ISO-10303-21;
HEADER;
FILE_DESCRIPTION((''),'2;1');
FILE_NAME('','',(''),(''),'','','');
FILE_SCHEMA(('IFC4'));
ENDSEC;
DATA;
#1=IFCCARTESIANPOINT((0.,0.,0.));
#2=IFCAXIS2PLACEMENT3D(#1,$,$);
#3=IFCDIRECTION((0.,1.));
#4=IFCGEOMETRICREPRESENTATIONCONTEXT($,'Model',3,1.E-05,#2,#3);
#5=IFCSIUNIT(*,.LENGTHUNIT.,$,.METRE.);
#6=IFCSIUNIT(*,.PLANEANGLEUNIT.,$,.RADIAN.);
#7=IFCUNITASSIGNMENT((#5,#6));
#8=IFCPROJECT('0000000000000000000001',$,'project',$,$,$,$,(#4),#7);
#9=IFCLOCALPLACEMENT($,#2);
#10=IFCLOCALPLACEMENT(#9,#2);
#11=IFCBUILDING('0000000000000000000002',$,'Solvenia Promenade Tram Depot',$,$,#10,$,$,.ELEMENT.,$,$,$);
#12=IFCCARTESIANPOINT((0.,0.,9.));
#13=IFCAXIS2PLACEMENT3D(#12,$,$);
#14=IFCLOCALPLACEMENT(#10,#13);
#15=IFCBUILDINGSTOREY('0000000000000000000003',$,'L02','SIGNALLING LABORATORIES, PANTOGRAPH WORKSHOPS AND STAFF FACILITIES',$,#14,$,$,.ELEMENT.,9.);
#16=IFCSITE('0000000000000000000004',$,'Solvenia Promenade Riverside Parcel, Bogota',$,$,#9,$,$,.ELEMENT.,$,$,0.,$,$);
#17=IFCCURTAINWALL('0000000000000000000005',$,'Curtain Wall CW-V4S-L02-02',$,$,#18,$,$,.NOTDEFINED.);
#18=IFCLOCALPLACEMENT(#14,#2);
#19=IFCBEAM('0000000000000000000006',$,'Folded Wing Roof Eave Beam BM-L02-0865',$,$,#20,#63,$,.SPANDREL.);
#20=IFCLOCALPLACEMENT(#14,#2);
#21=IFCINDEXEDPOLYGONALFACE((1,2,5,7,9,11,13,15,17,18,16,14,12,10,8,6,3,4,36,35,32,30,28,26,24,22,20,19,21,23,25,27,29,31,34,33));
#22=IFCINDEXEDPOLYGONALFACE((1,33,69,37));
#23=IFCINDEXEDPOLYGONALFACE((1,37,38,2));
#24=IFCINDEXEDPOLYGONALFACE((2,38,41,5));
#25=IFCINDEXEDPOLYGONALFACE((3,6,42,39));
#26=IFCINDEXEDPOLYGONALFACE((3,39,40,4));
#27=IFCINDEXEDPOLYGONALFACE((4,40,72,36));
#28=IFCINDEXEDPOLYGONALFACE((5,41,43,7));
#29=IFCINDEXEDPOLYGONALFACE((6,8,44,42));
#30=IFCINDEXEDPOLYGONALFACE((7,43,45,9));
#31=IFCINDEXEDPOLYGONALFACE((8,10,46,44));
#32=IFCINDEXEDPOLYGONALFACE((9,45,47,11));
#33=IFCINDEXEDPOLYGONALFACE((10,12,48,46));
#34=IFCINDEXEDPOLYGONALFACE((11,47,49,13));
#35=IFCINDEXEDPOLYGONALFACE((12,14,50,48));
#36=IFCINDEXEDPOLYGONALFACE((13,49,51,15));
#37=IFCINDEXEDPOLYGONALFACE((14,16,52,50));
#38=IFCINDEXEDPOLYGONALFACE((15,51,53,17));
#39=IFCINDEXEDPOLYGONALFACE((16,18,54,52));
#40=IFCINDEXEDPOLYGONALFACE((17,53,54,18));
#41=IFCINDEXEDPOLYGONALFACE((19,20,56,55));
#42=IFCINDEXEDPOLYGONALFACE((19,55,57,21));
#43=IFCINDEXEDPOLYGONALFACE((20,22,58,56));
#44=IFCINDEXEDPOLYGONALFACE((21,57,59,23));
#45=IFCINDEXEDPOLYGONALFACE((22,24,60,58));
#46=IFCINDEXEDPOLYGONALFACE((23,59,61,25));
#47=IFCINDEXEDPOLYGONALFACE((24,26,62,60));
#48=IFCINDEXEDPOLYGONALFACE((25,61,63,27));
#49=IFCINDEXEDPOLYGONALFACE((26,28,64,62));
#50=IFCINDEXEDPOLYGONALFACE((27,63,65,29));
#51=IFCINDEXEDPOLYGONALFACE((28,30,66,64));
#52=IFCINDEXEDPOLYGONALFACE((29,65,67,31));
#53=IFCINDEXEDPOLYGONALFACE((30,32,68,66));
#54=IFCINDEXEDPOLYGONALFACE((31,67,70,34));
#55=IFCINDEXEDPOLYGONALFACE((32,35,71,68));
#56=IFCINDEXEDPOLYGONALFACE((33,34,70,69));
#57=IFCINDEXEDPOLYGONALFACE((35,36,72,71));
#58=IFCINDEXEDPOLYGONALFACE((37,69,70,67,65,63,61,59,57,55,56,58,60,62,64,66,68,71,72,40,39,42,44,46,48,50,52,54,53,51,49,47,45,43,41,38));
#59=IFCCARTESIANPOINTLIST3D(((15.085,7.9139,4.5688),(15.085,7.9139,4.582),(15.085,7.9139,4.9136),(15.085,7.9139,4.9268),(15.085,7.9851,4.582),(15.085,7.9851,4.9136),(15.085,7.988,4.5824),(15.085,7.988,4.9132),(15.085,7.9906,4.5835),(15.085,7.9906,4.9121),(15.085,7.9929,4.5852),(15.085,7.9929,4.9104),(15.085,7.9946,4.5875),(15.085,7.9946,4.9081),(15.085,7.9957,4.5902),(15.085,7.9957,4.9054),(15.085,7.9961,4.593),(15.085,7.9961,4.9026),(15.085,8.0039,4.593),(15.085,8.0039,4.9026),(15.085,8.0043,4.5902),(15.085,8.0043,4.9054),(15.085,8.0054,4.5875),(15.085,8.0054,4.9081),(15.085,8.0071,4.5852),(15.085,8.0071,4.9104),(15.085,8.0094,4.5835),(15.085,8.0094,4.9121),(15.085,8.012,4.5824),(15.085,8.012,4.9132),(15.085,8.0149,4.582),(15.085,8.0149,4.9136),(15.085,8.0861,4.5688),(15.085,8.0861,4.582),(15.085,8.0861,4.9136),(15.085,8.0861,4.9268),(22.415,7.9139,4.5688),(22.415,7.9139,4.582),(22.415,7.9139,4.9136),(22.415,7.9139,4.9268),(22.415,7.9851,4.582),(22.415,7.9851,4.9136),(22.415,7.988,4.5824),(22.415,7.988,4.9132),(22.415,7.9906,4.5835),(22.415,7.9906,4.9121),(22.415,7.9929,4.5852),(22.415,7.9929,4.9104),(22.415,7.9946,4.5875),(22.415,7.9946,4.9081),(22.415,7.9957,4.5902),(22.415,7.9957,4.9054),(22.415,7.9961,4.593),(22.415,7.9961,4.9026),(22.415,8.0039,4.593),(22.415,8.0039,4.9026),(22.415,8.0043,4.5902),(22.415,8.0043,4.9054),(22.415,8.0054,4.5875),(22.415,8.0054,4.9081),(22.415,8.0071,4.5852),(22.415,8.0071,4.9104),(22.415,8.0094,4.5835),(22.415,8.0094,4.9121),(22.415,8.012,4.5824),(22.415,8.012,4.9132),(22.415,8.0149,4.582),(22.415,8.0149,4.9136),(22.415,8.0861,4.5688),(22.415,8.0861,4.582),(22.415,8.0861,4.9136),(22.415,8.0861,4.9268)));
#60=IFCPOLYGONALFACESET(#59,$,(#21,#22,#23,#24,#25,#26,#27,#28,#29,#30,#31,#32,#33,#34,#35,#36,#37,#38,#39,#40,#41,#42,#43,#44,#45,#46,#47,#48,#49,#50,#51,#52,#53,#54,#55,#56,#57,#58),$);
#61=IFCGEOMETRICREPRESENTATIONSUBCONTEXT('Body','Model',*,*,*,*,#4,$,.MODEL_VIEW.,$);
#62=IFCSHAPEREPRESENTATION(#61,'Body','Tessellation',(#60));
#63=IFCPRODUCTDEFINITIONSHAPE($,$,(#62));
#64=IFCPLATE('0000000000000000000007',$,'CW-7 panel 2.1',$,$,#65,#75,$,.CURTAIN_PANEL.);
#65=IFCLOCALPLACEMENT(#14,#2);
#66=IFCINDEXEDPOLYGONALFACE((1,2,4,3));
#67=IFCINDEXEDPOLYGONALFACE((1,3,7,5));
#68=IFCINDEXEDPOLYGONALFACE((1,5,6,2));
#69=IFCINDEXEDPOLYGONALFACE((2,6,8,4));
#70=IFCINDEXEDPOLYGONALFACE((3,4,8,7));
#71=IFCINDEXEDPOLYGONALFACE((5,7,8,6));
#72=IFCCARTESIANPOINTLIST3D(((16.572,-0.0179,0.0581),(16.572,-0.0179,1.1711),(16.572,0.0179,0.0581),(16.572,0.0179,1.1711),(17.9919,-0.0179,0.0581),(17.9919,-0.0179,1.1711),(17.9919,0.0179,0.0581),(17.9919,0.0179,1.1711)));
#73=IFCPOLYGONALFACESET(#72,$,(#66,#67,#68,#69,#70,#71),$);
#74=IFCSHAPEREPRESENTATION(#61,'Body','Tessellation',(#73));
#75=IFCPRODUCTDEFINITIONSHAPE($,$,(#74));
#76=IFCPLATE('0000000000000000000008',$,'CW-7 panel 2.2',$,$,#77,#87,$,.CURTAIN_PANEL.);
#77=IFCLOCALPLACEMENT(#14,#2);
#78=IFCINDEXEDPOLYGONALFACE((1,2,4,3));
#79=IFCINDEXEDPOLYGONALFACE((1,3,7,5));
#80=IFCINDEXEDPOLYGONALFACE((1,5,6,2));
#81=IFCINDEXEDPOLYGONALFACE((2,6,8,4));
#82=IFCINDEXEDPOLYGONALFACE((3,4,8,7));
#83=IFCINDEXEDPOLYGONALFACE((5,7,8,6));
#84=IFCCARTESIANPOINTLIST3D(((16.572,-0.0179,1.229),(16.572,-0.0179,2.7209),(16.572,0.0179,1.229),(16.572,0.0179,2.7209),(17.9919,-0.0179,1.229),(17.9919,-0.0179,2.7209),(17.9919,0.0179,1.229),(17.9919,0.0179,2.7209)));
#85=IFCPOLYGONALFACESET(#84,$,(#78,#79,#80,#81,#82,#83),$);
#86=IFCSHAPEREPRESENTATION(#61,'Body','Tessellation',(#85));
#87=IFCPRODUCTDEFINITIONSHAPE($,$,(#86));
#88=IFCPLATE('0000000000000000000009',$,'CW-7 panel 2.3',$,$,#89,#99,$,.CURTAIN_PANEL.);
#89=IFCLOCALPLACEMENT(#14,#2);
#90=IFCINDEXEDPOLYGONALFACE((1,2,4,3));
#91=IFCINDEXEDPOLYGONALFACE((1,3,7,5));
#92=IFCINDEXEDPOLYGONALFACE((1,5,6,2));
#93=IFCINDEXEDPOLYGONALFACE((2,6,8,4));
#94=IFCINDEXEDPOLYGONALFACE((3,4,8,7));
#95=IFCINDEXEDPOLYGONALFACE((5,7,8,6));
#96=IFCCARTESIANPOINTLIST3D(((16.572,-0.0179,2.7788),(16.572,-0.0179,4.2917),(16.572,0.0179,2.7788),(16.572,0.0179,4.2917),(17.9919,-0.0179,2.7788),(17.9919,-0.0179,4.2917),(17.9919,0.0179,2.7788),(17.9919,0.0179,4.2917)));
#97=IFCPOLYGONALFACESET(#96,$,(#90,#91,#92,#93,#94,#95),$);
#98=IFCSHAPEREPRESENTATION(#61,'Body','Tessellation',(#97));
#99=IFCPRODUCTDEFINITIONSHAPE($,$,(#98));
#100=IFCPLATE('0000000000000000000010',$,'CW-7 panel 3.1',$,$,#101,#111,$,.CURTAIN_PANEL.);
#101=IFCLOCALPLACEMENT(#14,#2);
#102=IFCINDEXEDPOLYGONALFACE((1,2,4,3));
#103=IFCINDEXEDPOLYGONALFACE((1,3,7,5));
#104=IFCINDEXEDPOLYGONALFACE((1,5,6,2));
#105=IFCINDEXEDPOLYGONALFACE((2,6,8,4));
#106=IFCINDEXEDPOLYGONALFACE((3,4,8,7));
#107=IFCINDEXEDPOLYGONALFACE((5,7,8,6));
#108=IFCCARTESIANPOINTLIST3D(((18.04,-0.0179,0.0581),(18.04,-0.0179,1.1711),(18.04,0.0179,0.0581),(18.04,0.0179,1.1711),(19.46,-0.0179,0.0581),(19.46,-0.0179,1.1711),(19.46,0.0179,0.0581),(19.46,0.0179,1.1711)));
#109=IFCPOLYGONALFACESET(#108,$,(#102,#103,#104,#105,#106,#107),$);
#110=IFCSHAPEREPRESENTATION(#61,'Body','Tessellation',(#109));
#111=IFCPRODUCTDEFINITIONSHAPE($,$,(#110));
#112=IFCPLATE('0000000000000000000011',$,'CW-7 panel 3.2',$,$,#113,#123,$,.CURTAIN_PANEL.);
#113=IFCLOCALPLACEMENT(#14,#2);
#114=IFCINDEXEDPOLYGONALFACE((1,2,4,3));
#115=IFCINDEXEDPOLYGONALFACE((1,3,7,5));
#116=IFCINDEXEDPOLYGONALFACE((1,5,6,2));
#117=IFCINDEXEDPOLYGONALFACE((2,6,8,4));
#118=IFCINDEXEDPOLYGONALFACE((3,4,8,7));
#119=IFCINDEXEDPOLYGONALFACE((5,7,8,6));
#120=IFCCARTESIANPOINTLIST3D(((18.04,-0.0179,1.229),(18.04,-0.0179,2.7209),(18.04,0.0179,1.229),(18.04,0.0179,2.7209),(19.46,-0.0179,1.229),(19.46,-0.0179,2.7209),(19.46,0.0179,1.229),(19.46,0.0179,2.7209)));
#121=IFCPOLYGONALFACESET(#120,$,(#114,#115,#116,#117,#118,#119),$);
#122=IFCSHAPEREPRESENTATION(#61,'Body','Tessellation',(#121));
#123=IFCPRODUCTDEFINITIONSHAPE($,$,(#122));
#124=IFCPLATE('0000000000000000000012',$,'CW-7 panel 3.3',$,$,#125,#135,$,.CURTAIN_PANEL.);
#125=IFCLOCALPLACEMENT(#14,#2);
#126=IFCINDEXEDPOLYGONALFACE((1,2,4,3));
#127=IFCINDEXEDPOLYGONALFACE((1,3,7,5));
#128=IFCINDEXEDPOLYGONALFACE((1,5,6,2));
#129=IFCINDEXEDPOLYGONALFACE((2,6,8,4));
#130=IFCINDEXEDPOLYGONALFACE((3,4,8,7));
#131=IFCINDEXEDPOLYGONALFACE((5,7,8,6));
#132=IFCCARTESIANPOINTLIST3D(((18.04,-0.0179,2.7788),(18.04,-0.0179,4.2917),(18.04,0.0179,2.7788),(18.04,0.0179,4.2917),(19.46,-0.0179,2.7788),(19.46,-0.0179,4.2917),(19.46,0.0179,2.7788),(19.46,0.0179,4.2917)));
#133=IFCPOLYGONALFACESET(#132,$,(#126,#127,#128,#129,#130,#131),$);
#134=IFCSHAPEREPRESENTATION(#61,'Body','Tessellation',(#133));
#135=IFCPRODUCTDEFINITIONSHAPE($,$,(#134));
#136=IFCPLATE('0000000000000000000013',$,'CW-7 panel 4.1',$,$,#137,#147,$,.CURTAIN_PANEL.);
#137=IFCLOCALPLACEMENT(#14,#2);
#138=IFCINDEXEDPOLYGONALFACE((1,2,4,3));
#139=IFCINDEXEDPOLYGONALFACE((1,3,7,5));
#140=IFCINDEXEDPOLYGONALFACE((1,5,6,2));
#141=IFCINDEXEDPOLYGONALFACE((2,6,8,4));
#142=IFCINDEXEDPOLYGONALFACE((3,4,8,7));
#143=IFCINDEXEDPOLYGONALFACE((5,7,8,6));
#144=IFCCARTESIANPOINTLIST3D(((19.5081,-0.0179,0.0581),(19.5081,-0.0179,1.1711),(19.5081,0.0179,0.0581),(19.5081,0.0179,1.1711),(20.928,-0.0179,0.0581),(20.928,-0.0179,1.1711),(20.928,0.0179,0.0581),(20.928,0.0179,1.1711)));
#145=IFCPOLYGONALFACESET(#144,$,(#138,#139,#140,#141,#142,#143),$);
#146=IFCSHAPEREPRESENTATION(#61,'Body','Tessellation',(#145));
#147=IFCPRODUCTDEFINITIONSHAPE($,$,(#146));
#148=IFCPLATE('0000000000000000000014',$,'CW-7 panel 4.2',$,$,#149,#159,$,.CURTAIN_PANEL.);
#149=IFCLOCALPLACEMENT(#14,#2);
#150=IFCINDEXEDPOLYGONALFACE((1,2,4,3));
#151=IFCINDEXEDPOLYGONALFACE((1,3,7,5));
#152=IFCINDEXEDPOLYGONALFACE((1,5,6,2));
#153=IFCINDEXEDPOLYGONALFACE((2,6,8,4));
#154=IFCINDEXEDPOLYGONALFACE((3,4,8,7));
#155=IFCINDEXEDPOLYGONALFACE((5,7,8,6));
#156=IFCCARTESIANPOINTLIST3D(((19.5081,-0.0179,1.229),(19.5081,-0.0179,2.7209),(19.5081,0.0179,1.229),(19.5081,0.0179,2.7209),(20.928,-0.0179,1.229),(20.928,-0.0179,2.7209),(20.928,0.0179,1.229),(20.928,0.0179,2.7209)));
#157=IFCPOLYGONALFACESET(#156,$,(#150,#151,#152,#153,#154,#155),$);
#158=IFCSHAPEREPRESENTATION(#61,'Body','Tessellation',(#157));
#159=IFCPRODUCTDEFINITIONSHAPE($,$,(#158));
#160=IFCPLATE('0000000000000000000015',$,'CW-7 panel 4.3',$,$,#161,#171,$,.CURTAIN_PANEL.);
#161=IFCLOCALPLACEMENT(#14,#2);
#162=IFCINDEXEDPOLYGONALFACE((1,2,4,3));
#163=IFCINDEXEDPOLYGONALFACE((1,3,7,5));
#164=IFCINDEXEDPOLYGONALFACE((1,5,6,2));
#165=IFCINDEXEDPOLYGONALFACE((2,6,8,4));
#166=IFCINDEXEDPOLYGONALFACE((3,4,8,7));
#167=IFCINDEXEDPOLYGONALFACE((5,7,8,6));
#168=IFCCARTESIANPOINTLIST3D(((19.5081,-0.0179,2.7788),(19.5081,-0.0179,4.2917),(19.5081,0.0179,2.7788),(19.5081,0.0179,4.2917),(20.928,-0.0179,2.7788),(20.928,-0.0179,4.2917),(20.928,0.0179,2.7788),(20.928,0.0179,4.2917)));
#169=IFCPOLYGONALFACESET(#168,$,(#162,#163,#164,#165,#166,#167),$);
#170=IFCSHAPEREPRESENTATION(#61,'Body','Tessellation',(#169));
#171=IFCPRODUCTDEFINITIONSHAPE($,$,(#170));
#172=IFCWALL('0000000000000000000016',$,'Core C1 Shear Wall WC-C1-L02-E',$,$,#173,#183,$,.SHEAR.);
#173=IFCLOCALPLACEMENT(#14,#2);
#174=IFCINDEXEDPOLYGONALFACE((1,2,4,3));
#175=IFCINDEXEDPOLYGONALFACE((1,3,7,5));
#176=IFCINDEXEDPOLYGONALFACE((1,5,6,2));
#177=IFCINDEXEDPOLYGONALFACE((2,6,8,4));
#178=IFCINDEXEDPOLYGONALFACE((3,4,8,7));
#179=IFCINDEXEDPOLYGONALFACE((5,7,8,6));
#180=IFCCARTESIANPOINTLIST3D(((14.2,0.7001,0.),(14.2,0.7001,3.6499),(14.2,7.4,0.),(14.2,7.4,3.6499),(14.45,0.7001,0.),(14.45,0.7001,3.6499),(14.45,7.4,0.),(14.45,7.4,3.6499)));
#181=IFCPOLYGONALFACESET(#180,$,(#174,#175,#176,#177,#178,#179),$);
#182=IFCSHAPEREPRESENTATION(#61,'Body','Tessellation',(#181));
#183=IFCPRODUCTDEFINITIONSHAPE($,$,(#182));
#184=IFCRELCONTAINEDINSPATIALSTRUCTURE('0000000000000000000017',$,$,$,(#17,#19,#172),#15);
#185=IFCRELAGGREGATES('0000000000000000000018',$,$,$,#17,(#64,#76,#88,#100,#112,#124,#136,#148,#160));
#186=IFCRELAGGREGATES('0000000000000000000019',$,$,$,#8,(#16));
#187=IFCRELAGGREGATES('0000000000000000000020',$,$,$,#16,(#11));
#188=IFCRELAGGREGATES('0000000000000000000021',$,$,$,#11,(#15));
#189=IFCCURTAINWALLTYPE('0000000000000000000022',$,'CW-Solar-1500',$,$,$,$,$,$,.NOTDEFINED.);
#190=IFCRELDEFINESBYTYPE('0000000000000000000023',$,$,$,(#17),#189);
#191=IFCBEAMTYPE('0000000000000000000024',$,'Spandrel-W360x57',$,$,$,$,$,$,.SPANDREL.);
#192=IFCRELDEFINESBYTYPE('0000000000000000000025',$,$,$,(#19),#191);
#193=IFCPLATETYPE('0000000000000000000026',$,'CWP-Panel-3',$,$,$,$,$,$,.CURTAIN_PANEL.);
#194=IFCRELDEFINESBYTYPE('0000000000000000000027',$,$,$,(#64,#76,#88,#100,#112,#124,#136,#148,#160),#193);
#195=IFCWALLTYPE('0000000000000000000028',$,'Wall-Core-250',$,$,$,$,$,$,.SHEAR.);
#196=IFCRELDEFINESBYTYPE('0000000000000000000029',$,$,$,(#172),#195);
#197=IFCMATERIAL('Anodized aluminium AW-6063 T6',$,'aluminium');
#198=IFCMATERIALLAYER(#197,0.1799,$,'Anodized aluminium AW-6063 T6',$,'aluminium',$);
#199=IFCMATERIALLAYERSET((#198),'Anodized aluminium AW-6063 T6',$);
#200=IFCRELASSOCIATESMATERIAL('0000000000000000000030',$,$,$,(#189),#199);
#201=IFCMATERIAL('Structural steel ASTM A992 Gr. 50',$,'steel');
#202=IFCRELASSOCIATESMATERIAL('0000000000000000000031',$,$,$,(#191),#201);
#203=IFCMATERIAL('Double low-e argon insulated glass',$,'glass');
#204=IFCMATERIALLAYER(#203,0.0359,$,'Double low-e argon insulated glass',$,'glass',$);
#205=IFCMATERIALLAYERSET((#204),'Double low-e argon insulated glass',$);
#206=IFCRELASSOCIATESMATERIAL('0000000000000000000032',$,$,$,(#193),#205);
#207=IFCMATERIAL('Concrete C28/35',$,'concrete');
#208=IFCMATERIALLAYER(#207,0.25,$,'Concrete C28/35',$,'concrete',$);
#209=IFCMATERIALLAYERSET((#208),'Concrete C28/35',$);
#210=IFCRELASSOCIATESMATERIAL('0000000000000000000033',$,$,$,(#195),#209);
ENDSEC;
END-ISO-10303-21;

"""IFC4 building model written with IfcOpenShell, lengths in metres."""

from ifc_helpers import new_model, si_unit, direction, frame, frame_2d, origin, origin_2d, place, context, subcontext, project, spatial, rectangle, i_section, extrude, material, layer, layer_set, material_profile, profile_set, type_object, element, aggregate, save


model = new_model("IFC4")

# Units and contexts
model_context = context("Model", 3, precision=1e-05, world=origin(), true_north=direction((0.0, 1.0)))
body_context = subcontext(model_context, "Body", "Model", "MODEL_VIEW")
ifc_project = project(units=[si_unit("LENGTHUNIT", "METRE"), si_unit("PLANEANGLEUNIT", "RADIAN")], contexts=[model_context])

# Site, building, storey
site_placement = place(None, origin())
site = spatial("IfcSite", under=ifc_project, at=site_placement, Name="Solvenia Promenade Riverside Parcel, Bogota", CompositionType="ELEMENT", RefElevation=0.0)
building_placement = place(site_placement, origin())
building = spatial("IfcBuilding", under=site, at=building_placement, Name="Solvenia Promenade Tram Depot", CompositionType="ELEMENT")
storey_placement = place(building_placement, frame((0.0, 0.0, 9.0)))
storey = spatial("IfcBuildingStorey", under=building, at=storey_placement, Name="L02", Description="SIGNALLING LABORATORIES, PANTOGRAPH WORKSHOPS AND STAFF FACILITIES", CompositionType="ELEMENT", Elevation=9.0)

# Shared definitions
ifc_material_1 = material(Name="Structural steel ASTM A992 Gr. 50", Category="steel")

# Curtain wall
ifc_material_2 = material(Name="Anodized aluminium AW-6063 T6", Category="aluminium")
ifc_layer_1 = layer(ifc_material_2, 0.1799, Name="Anodized aluminium AW-6063 T6", Category="aluminium")
ifc_layer_set_1 = layer_set([ifc_layer_1], Name="Anodized aluminium AW-6063 T6")
curtain_wall_type = type_object("IfcCurtainWallType", Name="CW-Solar-1500", PredefinedType="NOTDEFINED", material=ifc_layer_set_1)
curtain_wall_placement = place(storey_placement, origin())
curtain_wall = element("IfcCurtainWall", 1, at=curtain_wall_placement, inside=storey, type_object=curtain_wall_type, Name="Curtain Wall CW-V4S-L02-02", PredefinedType="NOTDEFINED")

# Beam
ifc_material_profile_1 = material_profile(ifc_material_1, i_section(OverallWidth=0.1721, OverallDepth=0.3579, WebThickness=0.0078, FlangeThickness=0.0132, FilletRadius=0.011, at=origin_2d()), Name="W360x57", Category="steel")
ifc_profile_set_1 = profile_set([ifc_material_profile_1], Name="Structural steel ASTM A992 Gr. 50")
beam_type_1 = type_object("IfcBeamType", Name="Spandrel-W360x57", PredefinedType="SPANDREL", material=ifc_profile_set_1)
beam_1_placement = place(storey_placement, frame((15.085, 8.0, 4.7478), z_axis=(1.0, 0.0, 0.0), x_axis=(0.0, 1.0, 0.0)))
element("IfcBeam", 2, at=beam_1_placement, inside=storey, type_object=beam_type_1, Name="Folded Wing Roof Eave Beam BM-L02-0865", PredefinedType="SPANDREL", context=body_context, shape_type="SweptSolid", body=[
    extrude(i_section(OverallWidth=0.1721, OverallDepth=0.3579, WebThickness=0.0078, FlangeThickness=0.0132, FilletRadius=0.011, at=origin_2d()), origin(), (0.0, 0.0, 1.0), 7.3301),
])

# Plates
ifc_material_3 = material(Name="Double low-e argon insulated glass", Category="glass")
ifc_layer_2 = layer(ifc_material_3, 0.0359, Name="Double low-e argon insulated glass", Category="glass")
ifc_layer_set_2 = layer_set([ifc_layer_2], Name="Double low-e argon insulated glass")
plate_type = type_object("IfcPlateType", Name="CWP-Panel-3", PredefinedType="CURTAIN_PANEL", material=ifc_layer_set_2)
plate_1_placement = place(storey_placement, frame((17.282, 0.0, 0.0581), z_axis=(0.0, 0.0, 1.0), x_axis=(1.0, 0.0, 0.0)))
plate_1 = element("IfcPlate", 3, at=plate_1_placement, type_object=plate_type, Name="CW-7 panel 2.1", PredefinedType="CURTAIN_PANEL", context=body_context, shape_type="SweptSolid", body=[
    extrude(rectangle(XDim=1.4199, YDim=0.0359, at=origin_2d()), origin(), (0.0, 0.0, 1.0), 1.113),
])
plate_2_placement = place(storey_placement, frame((17.282, 0.0, 1.229), z_axis=(0.0, 0.0, 1.0), x_axis=(1.0, 0.0, 0.0)))
plate_2 = element("IfcPlate", 4, at=plate_2_placement, type_object=plate_type, Name="CW-7 panel 2.2", PredefinedType="CURTAIN_PANEL", context=body_context, shape_type="SweptSolid", body=[
    extrude(rectangle(XDim=1.4199, YDim=0.0359, at=origin_2d()), origin(), (0.0, 0.0, 1.0), 1.4919),
])
plate_3_placement = place(storey_placement, frame((17.282, 0.0, 2.7788), z_axis=(0.0, 0.0, 1.0), x_axis=(1.0, 0.0, 0.0)))
plate_3 = element("IfcPlate", 5, at=plate_3_placement, type_object=plate_type, Name="CW-7 panel 2.3", PredefinedType="CURTAIN_PANEL", context=body_context, shape_type="SweptSolid", body=[
    extrude(rectangle(XDim=1.4199, YDim=0.0359, at=origin_2d()), origin(), (0.0, 0.0, 1.0), 1.5129),
])
plate_4_placement = place(storey_placement, frame((18.75, 0.0, 0.0581), z_axis=(0.0, 0.0, 1.0), x_axis=(1.0, 0.0, 0.0)))
plate_4 = element("IfcPlate", 6, at=plate_4_placement, type_object=plate_type, Name="CW-7 panel 3.1", PredefinedType="CURTAIN_PANEL", context=body_context, shape_type="SweptSolid", body=[
    extrude(rectangle(XDim=1.4199, YDim=0.0359, at=origin_2d()), origin(), (0.0, 0.0, 1.0), 1.113),
])
plate_5_placement = place(storey_placement, frame((18.75, 0.0, 1.229), z_axis=(0.0, 0.0, 1.0), x_axis=(1.0, 0.0, 0.0)))
plate_5 = element("IfcPlate", 7, at=plate_5_placement, type_object=plate_type, Name="CW-7 panel 3.2", PredefinedType="CURTAIN_PANEL", context=body_context, shape_type="SweptSolid", body=[
    extrude(rectangle(XDim=1.4199, YDim=0.0359, at=origin_2d()), origin(), (0.0, 0.0, 1.0), 1.4919),
])
plate_6_placement = place(storey_placement, frame((18.75, 0.0, 2.7788), z_axis=(0.0, 0.0, 1.0), x_axis=(1.0, 0.0, 0.0)))
plate_6 = element("IfcPlate", 8, at=plate_6_placement, type_object=plate_type, Name="CW-7 panel 3.3", PredefinedType="CURTAIN_PANEL", context=body_context, shape_type="SweptSolid", body=[
    extrude(rectangle(XDim=1.4199, YDim=0.0359, at=origin_2d()), origin(), (0.0, 0.0, 1.0), 1.5129),
])
plate_7_placement = place(storey_placement, frame((20.218, 0.0, 0.0581), z_axis=(0.0, 0.0, 1.0), x_axis=(1.0, 0.0, 0.0)))
plate_7 = element("IfcPlate", 9, at=plate_7_placement, type_object=plate_type, Name="CW-7 panel 4.1", PredefinedType="CURTAIN_PANEL", context=body_context, shape_type="SweptSolid", body=[
    extrude(rectangle(XDim=1.4199, YDim=0.0359, at=origin_2d()), origin(), (0.0, 0.0, 1.0), 1.113),
])
plate_8_placement = place(storey_placement, frame((20.218, 0.0, 1.229), z_axis=(0.0, 0.0, 1.0), x_axis=(1.0, 0.0, 0.0)))
plate_8 = element("IfcPlate", 10, at=plate_8_placement, type_object=plate_type, Name="CW-7 panel 4.2", PredefinedType="CURTAIN_PANEL", context=body_context, shape_type="SweptSolid", body=[
    extrude(rectangle(XDim=1.4199, YDim=0.0359, at=origin_2d()), origin(), (0.0, 0.0, 1.0), 1.4919),
])
plate_9_placement = place(storey_placement, frame((20.218, 0.0, 2.7788), z_axis=(0.0, 0.0, 1.0), x_axis=(1.0, 0.0, 0.0)))
plate_9 = element("IfcPlate", 11, at=plate_9_placement, type_object=plate_type, Name="CW-7 panel 4.3", PredefinedType="CURTAIN_PANEL", context=body_context, shape_type="SweptSolid", body=[
    extrude(rectangle(XDim=1.4199, YDim=0.0359, at=origin_2d()), origin(), (0.0, 0.0, 1.0), 1.5129),
])
aggregate(curtain_wall, [plate_1, plate_2, plate_3, plate_4, plate_5, plate_6, plate_7, plate_8, plate_9])

# Wall
ifc_material_4 = material(Name="Concrete C28/35", Category="concrete")
ifc_layer_3 = layer(ifc_material_4, 0.25, Name="Concrete C28/35", Category="concrete")
ifc_layer_set_3 = layer_set([ifc_layer_3], Name="Concrete C28/35")
wall_type_1 = type_object("IfcWallType", Name="Wall-Core-250", PredefinedType="SHEAR", material=ifc_layer_set_3)
wall_1_placement = place(storey_placement, frame((14.325, 0.7, 0.0), z_axis=(0.0, 0.0, 1.0), x_axis=(0.0, 1.0, 0.0)))
element("IfcWall", 12, at=wall_1_placement, inside=storey, type_object=wall_type_1, Name="Core C1 Shear Wall WC-C1-L02-E", PredefinedType="SHEAR", context=body_context, shape_type="SweptSolid", body=[
    extrude(rectangle(XDim=6.7, YDim=0.25, at=frame_2d((3.3501, 0.0))), origin(), (0.0, 0.0, 1.0), 3.6499),
])

save(model, "model.ifc")
